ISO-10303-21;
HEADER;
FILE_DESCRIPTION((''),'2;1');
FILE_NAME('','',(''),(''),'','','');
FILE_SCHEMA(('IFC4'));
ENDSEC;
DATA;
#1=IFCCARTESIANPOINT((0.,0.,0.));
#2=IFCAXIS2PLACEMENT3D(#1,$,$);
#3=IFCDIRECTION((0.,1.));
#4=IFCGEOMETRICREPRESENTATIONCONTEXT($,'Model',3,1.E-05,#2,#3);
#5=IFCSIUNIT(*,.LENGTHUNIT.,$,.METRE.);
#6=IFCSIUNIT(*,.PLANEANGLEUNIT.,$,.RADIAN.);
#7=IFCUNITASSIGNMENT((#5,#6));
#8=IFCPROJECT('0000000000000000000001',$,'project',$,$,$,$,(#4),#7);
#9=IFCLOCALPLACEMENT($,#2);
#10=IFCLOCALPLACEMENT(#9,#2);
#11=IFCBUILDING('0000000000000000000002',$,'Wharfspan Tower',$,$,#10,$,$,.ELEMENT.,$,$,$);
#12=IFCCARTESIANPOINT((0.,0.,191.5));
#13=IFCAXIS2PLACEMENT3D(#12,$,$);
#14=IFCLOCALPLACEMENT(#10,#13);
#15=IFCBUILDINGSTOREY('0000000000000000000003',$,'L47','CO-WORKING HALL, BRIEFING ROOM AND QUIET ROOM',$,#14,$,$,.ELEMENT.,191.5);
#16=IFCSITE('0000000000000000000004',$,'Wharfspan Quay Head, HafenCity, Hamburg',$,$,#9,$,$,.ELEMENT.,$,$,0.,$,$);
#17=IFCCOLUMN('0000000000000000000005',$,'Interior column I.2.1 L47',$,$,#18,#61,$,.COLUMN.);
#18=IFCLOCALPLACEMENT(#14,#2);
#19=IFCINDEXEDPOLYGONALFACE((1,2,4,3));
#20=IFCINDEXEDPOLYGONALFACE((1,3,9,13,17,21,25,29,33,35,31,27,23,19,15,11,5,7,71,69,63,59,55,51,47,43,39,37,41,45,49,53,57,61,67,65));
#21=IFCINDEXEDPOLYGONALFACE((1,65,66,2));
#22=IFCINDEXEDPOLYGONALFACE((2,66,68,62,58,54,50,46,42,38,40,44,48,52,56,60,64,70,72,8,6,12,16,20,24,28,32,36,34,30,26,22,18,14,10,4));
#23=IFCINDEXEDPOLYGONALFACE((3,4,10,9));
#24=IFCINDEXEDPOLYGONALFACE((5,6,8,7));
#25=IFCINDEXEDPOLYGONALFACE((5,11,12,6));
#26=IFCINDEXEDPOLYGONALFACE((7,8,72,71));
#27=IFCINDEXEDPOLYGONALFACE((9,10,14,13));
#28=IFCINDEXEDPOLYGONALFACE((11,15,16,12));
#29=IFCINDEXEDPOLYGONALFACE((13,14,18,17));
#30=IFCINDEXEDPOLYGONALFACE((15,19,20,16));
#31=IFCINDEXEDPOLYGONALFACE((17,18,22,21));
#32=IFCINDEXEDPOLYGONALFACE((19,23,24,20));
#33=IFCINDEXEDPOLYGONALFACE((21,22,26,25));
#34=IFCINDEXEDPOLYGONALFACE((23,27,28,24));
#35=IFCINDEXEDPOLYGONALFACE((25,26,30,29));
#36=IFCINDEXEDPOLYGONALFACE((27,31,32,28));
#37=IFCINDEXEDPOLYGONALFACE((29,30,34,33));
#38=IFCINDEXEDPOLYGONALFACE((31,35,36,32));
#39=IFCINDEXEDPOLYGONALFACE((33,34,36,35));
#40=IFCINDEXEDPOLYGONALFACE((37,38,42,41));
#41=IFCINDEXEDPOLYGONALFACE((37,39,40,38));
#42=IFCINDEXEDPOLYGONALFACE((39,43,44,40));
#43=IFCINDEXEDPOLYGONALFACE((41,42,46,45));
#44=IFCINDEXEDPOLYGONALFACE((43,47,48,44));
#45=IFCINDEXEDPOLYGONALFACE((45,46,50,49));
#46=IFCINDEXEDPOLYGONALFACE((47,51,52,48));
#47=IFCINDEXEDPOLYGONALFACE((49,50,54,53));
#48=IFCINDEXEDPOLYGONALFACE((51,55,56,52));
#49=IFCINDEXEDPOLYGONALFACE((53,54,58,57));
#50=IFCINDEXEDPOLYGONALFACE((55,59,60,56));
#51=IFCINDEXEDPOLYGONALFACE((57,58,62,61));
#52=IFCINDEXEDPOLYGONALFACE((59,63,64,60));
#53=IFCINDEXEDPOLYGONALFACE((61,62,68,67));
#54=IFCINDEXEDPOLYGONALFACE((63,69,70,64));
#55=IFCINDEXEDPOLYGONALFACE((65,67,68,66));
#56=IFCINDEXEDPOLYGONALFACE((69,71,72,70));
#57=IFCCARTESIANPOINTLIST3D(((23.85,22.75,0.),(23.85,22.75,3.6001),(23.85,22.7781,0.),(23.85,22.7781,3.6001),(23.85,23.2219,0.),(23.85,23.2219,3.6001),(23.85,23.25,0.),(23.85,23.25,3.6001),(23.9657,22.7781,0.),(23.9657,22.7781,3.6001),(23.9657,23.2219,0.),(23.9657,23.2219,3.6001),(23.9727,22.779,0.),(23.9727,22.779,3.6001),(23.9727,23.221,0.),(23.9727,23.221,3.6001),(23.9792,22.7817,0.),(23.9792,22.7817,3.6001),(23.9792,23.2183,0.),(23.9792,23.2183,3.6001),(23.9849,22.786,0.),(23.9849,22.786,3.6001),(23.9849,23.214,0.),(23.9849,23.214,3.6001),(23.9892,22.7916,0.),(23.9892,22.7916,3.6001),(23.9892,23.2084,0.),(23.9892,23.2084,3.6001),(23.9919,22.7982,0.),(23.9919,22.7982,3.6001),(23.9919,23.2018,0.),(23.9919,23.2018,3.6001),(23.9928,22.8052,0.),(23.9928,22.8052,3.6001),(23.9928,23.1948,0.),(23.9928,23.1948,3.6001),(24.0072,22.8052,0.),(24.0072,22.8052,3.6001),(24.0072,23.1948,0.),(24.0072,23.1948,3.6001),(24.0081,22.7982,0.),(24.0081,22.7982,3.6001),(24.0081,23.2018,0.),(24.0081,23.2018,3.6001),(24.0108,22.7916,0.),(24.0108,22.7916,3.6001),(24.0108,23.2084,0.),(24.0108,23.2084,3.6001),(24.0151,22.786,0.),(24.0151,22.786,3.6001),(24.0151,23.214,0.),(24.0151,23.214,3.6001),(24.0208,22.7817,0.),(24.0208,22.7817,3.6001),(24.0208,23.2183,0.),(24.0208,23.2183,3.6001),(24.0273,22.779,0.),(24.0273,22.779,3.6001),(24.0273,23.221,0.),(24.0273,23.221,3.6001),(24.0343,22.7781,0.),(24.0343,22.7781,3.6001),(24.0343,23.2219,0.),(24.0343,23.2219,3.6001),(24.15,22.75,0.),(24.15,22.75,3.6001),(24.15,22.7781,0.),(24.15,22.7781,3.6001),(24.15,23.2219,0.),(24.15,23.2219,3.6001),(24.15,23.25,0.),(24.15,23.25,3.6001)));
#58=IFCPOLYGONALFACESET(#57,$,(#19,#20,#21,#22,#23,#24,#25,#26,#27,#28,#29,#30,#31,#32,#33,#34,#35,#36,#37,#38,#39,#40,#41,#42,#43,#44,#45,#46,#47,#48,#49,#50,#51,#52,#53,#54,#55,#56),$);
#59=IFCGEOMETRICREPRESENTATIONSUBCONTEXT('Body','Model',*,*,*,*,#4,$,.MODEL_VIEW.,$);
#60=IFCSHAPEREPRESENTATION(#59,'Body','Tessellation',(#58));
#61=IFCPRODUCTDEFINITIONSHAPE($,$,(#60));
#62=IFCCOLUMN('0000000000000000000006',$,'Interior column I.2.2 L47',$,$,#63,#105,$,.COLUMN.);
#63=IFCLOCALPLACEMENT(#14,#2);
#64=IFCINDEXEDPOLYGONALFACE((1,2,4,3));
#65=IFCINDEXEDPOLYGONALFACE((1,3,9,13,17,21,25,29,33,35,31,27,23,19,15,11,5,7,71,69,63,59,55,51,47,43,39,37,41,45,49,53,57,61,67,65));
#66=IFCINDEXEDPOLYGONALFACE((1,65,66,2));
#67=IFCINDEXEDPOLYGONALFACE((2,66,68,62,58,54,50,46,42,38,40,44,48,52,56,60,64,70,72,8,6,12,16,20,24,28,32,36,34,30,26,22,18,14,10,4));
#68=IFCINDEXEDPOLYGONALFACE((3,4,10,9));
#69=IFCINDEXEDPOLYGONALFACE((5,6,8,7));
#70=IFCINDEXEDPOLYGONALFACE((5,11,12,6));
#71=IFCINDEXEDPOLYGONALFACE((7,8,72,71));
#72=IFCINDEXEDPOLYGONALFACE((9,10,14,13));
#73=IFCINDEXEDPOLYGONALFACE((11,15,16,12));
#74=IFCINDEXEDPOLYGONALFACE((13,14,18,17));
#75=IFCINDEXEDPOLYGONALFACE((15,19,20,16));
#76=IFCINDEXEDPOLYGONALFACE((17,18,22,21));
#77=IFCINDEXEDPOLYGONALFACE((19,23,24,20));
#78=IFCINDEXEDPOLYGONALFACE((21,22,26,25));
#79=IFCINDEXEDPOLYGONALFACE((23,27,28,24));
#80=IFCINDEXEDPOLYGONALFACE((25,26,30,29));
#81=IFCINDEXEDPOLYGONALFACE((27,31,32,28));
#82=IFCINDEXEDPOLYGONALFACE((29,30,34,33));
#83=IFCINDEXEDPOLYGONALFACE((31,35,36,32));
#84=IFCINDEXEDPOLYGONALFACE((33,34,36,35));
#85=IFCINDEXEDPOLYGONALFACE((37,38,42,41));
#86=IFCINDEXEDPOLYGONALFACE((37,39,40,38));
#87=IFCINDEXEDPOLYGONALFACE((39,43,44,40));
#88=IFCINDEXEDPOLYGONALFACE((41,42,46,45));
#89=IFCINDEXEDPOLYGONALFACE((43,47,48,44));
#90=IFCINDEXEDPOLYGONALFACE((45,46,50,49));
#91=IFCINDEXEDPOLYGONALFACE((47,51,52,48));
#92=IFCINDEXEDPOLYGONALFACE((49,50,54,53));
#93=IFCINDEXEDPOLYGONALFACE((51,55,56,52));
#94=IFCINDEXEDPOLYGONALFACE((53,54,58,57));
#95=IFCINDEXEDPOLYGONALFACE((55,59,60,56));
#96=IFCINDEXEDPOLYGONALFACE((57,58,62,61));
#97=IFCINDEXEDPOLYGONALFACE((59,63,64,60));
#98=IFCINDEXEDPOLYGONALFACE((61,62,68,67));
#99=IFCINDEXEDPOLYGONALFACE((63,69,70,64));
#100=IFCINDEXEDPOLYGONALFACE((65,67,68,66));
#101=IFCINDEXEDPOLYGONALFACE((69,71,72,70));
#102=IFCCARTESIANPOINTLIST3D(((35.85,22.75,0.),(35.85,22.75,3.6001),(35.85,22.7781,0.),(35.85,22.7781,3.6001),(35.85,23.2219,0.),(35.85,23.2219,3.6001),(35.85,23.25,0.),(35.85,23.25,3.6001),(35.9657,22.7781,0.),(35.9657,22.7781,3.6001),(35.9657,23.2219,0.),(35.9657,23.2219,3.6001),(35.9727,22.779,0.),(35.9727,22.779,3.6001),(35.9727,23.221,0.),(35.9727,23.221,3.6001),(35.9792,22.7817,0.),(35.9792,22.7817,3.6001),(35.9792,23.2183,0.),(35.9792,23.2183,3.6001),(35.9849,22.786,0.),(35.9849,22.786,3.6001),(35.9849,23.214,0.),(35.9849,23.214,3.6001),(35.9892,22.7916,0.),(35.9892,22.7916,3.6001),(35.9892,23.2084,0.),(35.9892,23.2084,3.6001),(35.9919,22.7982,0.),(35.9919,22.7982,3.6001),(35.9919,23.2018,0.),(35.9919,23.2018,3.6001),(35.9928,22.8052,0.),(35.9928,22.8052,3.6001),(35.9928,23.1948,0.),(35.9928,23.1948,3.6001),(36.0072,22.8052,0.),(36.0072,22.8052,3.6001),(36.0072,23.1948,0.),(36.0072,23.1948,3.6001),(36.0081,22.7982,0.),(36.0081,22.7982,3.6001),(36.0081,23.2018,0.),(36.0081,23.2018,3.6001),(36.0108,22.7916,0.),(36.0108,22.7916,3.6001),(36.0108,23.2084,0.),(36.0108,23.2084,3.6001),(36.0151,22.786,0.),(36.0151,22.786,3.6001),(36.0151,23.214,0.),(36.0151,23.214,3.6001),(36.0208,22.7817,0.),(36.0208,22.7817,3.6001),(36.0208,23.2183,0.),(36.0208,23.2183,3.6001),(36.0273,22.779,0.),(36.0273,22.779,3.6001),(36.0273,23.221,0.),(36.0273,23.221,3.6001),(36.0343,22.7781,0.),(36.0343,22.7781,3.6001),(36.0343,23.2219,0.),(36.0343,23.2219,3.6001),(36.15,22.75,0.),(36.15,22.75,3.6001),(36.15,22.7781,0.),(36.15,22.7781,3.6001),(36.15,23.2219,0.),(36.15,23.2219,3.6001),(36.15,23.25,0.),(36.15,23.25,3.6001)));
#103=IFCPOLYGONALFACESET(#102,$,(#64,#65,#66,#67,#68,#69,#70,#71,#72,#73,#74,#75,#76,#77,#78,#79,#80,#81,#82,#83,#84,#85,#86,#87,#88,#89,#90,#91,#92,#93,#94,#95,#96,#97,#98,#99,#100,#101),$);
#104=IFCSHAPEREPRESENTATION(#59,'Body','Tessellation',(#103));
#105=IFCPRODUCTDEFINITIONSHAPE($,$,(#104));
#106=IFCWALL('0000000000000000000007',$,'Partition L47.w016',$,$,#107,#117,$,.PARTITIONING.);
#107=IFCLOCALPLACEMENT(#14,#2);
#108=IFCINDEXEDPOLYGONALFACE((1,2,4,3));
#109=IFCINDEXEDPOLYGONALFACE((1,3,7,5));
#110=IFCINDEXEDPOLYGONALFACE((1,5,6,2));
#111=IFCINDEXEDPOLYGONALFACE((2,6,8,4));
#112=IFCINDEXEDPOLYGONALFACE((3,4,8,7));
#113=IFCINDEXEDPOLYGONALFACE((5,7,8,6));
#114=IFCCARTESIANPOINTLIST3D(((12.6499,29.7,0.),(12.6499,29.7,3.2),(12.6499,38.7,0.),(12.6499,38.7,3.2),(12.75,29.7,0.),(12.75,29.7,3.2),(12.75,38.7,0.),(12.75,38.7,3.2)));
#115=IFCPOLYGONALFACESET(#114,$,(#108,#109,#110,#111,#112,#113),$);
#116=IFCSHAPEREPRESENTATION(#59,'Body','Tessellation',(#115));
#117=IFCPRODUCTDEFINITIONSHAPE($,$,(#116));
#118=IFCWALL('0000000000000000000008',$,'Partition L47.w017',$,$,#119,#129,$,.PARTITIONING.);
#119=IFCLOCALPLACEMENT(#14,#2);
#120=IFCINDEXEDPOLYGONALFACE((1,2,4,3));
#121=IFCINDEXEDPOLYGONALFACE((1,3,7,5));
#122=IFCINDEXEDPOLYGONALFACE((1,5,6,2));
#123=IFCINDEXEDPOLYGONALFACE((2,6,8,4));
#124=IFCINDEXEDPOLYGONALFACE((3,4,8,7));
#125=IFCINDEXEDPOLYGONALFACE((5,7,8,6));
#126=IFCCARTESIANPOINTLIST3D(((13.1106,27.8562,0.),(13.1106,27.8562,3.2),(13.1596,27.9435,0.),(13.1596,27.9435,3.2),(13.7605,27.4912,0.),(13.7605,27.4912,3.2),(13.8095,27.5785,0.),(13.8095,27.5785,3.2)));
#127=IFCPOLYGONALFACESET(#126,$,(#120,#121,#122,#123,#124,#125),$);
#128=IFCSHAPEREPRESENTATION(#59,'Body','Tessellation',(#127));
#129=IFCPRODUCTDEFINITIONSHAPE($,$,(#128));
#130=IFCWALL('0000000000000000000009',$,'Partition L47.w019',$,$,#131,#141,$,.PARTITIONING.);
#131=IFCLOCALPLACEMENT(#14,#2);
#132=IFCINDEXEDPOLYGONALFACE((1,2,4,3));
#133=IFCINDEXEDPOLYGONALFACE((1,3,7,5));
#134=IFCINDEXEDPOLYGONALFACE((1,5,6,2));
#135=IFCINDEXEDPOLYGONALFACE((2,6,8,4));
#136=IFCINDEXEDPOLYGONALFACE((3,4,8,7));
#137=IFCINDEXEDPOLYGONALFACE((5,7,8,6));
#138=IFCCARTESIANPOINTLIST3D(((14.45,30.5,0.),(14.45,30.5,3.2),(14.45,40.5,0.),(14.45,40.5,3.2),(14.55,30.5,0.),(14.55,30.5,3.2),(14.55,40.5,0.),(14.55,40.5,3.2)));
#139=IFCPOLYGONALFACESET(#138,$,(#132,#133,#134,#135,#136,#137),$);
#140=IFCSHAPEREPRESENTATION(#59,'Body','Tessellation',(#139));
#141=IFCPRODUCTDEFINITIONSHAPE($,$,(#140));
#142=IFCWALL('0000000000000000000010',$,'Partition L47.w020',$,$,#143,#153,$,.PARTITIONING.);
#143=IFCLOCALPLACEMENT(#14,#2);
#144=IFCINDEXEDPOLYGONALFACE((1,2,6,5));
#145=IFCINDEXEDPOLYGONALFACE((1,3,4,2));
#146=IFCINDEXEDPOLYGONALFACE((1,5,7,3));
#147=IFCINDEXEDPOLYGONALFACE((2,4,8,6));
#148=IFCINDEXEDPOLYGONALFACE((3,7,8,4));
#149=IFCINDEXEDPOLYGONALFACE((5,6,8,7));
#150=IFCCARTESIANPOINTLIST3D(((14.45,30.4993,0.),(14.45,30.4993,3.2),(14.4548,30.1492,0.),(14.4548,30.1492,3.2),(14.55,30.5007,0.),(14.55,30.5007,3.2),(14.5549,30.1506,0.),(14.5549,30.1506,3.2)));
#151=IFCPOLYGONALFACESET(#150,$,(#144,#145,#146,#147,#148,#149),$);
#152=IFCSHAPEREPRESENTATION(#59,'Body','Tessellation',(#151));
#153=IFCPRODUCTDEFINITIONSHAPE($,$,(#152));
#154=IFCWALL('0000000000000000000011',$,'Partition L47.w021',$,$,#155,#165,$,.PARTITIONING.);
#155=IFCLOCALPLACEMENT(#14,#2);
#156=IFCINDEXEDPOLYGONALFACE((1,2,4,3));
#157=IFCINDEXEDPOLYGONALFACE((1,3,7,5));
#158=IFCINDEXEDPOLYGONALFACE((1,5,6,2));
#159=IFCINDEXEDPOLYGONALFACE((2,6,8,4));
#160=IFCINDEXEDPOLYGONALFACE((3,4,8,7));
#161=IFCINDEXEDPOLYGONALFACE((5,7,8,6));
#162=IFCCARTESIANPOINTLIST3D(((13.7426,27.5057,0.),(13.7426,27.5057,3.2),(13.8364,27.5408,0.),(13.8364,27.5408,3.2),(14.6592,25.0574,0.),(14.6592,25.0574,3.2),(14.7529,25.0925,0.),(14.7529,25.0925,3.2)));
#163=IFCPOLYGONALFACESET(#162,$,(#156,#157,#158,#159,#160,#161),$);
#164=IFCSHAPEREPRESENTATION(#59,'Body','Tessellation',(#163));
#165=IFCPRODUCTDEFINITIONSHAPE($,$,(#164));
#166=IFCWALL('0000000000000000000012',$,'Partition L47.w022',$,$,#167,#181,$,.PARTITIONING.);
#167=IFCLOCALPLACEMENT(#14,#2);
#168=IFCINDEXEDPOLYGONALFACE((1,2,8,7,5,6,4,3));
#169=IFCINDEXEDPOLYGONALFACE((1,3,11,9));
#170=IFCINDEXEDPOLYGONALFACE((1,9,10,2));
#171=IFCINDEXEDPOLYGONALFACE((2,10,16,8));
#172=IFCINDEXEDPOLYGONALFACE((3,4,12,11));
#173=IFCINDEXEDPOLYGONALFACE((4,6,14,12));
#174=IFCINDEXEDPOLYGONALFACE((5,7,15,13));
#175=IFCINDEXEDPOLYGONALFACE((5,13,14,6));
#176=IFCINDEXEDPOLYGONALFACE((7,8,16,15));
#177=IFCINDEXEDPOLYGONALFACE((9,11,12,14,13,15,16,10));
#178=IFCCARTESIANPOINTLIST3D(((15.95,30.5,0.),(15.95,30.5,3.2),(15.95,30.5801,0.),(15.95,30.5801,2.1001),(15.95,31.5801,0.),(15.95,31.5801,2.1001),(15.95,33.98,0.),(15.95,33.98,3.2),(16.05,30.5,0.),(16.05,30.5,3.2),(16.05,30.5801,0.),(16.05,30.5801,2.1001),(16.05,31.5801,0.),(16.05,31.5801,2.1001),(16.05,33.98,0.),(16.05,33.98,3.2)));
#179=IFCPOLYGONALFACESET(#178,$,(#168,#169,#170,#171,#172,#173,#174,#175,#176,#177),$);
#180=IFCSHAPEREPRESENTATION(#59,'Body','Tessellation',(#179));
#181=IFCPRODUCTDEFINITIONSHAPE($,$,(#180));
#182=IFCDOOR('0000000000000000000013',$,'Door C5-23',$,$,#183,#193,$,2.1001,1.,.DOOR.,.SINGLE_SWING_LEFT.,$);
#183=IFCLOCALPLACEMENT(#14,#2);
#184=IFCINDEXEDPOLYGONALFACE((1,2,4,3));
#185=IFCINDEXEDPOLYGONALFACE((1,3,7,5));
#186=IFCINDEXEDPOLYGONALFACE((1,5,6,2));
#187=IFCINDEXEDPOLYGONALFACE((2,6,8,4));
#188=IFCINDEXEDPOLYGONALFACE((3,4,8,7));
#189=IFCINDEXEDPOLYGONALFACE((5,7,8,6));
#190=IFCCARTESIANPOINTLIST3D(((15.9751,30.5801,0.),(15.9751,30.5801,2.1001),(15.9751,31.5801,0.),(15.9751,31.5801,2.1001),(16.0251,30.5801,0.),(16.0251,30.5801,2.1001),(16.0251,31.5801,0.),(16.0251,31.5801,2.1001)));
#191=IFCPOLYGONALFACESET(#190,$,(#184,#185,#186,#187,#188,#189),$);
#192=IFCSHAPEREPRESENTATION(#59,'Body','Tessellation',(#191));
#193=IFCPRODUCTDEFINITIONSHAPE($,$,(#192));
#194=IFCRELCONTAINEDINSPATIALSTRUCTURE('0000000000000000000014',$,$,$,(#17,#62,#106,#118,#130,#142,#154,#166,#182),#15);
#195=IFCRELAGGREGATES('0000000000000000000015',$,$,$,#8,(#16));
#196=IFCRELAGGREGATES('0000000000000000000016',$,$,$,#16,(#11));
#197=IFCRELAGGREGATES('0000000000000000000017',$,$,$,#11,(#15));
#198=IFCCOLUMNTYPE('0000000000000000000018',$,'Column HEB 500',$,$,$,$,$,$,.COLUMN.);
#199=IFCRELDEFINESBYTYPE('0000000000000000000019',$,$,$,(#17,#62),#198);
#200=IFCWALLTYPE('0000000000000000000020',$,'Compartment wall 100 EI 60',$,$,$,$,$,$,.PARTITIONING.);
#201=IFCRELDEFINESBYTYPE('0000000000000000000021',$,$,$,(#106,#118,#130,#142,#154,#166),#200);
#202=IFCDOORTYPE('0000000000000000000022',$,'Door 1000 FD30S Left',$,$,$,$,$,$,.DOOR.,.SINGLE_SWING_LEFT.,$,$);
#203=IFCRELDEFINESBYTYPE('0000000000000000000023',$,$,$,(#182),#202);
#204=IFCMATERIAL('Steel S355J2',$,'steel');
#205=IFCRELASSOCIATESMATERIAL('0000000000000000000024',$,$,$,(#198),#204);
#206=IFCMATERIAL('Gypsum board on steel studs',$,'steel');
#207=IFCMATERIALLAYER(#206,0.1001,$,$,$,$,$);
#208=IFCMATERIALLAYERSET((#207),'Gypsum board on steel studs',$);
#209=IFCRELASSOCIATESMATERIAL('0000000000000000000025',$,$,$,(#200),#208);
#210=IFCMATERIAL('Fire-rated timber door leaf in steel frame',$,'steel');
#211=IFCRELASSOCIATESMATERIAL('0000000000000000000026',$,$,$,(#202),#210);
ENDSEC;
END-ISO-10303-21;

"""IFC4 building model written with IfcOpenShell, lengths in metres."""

from ifc_helpers import new_model, si_unit, direction, frame, frame_2d, origin, origin_2d, place, context, subcontext, project, spatial, rectangle, i_section, extrude, material, layer, layer_set, material_profile, profile_set, type_object, element, fill, save


model = new_model("IFC4")

# Units and contexts
model_context = context("Model", 3, precision=1e-05, world=origin(), true_north=direction((0.0, 1.0)))
body_context = subcontext(model_context, "Body", "Model", "MODEL_VIEW")
ifc_project = project(units=[si_unit("LENGTHUNIT", "METRE"), si_unit("PLANEANGLEUNIT", "RADIAN")], contexts=[model_context])

# Site, building, storey
site_placement = place(None, origin())
site = spatial("IfcSite", under=ifc_project, at=site_placement, Name="Wharfspan Quay Head, HafenCity, Hamburg", CompositionType="ELEMENT", RefElevation=0.0)
building_placement = place(site_placement, origin())
building = spatial("IfcBuilding", under=site, at=building_placement, Name="Wharfspan Tower", CompositionType="ELEMENT")
storey_placement = place(building_placement, frame((0.0, 0.0, 191.5)))
storey = spatial("IfcBuildingStorey", under=building, at=storey_placement, Name="L47", Description="CO-WORKING HALL, BRIEFING ROOM AND QUIET ROOM", CompositionType="ELEMENT", Elevation=191.5)

# Columns
ifc_material_1 = material(Name="Steel S355J2", Category="steel")
ifc_material_profile = material_profile(ifc_material_1, i_section(OverallWidth=0.3, OverallDepth=0.5, WebThickness=0.0144, FlangeThickness=0.0281, FilletRadius=0.0271, at=origin_2d()))
ifc_profile_set = profile_set([ifc_material_profile], Name="Steel S355J2")
column_type = type_object("IfcColumnType", Name="Column HEB 500", PredefinedType="COLUMN", material=ifc_profile_set)
for number, where, z_axis, x_axis, name in (
    (1, (24.0, 23.0, 0.0), (0.0, 0.0, 1.0), (1.0, 0.0, 0.0), "Interior column I.2.1 L47"),
    (2, (36.0, 23.0, 0.0), (0.0, 0.0, 1.0), (1.0, 0.0, 0.0), "Interior column I.2.2 L47"),
):
    element("IfcColumn", number, at=place(storey_placement, frame(where, z_axis=z_axis, x_axis=x_axis)), inside=storey, type_object=column_type, Name=name, PredefinedType="COLUMN", context=body_context, shape_type="SweptSolid", body=[
        extrude(i_section(OverallWidth=0.3, OverallDepth=0.5, WebThickness=0.0144, FlangeThickness=0.0281, FilletRadius=0.0271, at=origin_2d()), origin(), (0.0, 0.0, 1.0), 3.6001),
    ])

# Walls
ifc_material_2 = material(Name="Gypsum board on steel studs", Category="steel")
ifc_layer_1 = layer(ifc_material_2, 0.1001)
ifc_layer_set_1 = layer_set([ifc_layer_1], Name="Gypsum board on steel studs")
wall_type_1 = type_object("IfcWallType", Name="Compartment wall 100 EI 60", PredefinedType="PARTITIONING", material=ifc_layer_set_1)
wall_1_placement = place(storey_placement, frame((12.7, 29.7, 0.0), z_axis=(0.0, 0.0, 1.0), x_axis=(0.0, 1.0, 0.0)))
element("IfcWall", 3, at=wall_1_placement, inside=storey, type_object=wall_type_1, Name="Partition L47.w016", PredefinedType="PARTITIONING", context=body_context, shape_type="SweptSolid", body=[
    extrude(rectangle(XDim=9.0, YDim=0.1001, at=frame_2d((4.5, 0.0))), origin(), (0.0, 0.0, 1.0), 3.2),
])
wall_2_placement = place(storey_placement, frame((13.7849, 27.5349, 0.0), z_axis=(0.0, 0.0, 1.0), x_axis=(-0.871911, 0.489672, 0.0)))
element("IfcWall", 4, at=wall_2_placement, inside=storey, type_object=wall_type_1, Name="Partition L47.w017", PredefinedType="PARTITIONING", context=body_context, shape_type="SweptSolid", body=[
    extrude(rectangle(XDim=0.7454, YDim=0.1001, at=frame_2d((0.3726, 0.0))), origin(), (0.0, 0.0, 1.0), 3.2),
])
wall_3_placement = place(storey_placement, frame((14.5, 30.5, 0.0), z_axis=(0.0, 0.0, 1.0), x_axis=(0.0, 1.0, 0.0)))
element("IfcWall", 5, at=wall_3_placement, inside=storey, type_object=wall_type_1, Name="Partition L47.w019", PredefinedType="PARTITIONING", context=body_context, shape_type="SweptSolid", body=[
    extrude(rectangle(XDim=10.0, YDim=0.1001, at=frame_2d((5.0, 0.0))), origin(), (0.0, 0.0, 1.0), 3.2),
])
wall_4_placement = place(storey_placement, frame((14.5049, 30.1499, 0.0), z_axis=(0.0, 0.0, 1.0), x_axis=(-0.013946, 0.999907, 0.0)))
element("IfcWall", 6, at=wall_4_placement, inside=storey, type_object=wall_type_1, Name="Partition L47.w020", PredefinedType="PARTITIONING", context=body_context, shape_type="SweptSolid", body=[
    extrude(rectangle(XDim=0.3501, YDim=0.1001, at=frame_2d((0.175, 0.0))), origin(), (0.0, 0.0, 1.0), 3.2),
])
wall_5_placement = place(storey_placement, frame((14.7061, 25.075, 0.0), z_axis=(0.0, 0.0, 1.0), x_axis=(-0.350591, 0.936528, 0.0)))
element("IfcWall", 7, at=wall_5_placement, inside=storey, type_object=wall_type_1, Name="Partition L47.w021", PredefinedType="PARTITIONING", context=body_context, shape_type="SweptSolid", body=[
    extrude(rectangle(XDim=2.6143, YDim=0.1001, at=frame_2d((1.3071, 0.0))), origin(), (0.0, 0.0, 1.0), 3.2),
])

# Wall, opening, door
wall_6_placement = place(storey_placement, frame((16.0, 30.5, 0.0), z_axis=(0.0, 0.0, 1.0), x_axis=(0.0, 1.0, 0.0)))
wall_6 = element("IfcWall", 8, at=wall_6_placement, inside=storey, type_object=wall_type_1, Name="Partition L47.w022", PredefinedType="PARTITIONING", context=body_context, shape_type="SweptSolid", body=[
    extrude(rectangle(XDim=3.48, YDim=0.1001, at=frame_2d((1.74, 0.0))), origin(), (0.0, 0.0, 1.0), 3.2),
])
opening_1_placement = place(wall_6_placement, frame((0.0801, 0.0, 0.0)))
opening_1 = element("IfcOpeningElement", 9, at=opening_1_placement, cuts=wall_6, PredefinedType="OPENING", context=body_context, shape_type="SweptSolid", body=[
    extrude(rectangle(XDim=1.0, YDim=2.1001, at=frame_2d((0.5, 1.05))), frame((0.0, 0.0601, 0.0), z_axis=(0.0, -1.0, 0.0), x_axis=(1.0, 0.0, 0.0)), (0.0, 0.0, 1.0), 0.1201),
])
ifc_material_3 = material(Name="Fire-rated timber door leaf in steel frame", Category="steel")
door_type_1 = type_object("IfcDoorType", Name="Door 1000 FD30S Left", OperationType="SINGLE_SWING_LEFT", PredefinedType="DOOR", material=ifc_material_3)
door_1_placement = place(opening_1_placement, origin())
door_1 = element("IfcDoor", 10, at=door_1_placement, inside=storey, type_object=door_type_1, Name="Door C5-23", OperationType="SINGLE_SWING_LEFT", OverallHeight=2.1001, OverallWidth=1.0, PredefinedType="DOOR", context=body_context, shape_type="SweptSolid", body=[
    extrude(rectangle(XDim=1.0, YDim=2.1001, at=frame_2d((0.5, 1.05))), frame((0.0, 0.0249, 0.0), z_axis=(0.0, -1.0, 0.0), x_axis=(1.0, 0.0, 0.0)), (0.0, 0.0, 1.0), 0.05),
])
fill(opening_1, door_1)

save(model, "model.ifc")
